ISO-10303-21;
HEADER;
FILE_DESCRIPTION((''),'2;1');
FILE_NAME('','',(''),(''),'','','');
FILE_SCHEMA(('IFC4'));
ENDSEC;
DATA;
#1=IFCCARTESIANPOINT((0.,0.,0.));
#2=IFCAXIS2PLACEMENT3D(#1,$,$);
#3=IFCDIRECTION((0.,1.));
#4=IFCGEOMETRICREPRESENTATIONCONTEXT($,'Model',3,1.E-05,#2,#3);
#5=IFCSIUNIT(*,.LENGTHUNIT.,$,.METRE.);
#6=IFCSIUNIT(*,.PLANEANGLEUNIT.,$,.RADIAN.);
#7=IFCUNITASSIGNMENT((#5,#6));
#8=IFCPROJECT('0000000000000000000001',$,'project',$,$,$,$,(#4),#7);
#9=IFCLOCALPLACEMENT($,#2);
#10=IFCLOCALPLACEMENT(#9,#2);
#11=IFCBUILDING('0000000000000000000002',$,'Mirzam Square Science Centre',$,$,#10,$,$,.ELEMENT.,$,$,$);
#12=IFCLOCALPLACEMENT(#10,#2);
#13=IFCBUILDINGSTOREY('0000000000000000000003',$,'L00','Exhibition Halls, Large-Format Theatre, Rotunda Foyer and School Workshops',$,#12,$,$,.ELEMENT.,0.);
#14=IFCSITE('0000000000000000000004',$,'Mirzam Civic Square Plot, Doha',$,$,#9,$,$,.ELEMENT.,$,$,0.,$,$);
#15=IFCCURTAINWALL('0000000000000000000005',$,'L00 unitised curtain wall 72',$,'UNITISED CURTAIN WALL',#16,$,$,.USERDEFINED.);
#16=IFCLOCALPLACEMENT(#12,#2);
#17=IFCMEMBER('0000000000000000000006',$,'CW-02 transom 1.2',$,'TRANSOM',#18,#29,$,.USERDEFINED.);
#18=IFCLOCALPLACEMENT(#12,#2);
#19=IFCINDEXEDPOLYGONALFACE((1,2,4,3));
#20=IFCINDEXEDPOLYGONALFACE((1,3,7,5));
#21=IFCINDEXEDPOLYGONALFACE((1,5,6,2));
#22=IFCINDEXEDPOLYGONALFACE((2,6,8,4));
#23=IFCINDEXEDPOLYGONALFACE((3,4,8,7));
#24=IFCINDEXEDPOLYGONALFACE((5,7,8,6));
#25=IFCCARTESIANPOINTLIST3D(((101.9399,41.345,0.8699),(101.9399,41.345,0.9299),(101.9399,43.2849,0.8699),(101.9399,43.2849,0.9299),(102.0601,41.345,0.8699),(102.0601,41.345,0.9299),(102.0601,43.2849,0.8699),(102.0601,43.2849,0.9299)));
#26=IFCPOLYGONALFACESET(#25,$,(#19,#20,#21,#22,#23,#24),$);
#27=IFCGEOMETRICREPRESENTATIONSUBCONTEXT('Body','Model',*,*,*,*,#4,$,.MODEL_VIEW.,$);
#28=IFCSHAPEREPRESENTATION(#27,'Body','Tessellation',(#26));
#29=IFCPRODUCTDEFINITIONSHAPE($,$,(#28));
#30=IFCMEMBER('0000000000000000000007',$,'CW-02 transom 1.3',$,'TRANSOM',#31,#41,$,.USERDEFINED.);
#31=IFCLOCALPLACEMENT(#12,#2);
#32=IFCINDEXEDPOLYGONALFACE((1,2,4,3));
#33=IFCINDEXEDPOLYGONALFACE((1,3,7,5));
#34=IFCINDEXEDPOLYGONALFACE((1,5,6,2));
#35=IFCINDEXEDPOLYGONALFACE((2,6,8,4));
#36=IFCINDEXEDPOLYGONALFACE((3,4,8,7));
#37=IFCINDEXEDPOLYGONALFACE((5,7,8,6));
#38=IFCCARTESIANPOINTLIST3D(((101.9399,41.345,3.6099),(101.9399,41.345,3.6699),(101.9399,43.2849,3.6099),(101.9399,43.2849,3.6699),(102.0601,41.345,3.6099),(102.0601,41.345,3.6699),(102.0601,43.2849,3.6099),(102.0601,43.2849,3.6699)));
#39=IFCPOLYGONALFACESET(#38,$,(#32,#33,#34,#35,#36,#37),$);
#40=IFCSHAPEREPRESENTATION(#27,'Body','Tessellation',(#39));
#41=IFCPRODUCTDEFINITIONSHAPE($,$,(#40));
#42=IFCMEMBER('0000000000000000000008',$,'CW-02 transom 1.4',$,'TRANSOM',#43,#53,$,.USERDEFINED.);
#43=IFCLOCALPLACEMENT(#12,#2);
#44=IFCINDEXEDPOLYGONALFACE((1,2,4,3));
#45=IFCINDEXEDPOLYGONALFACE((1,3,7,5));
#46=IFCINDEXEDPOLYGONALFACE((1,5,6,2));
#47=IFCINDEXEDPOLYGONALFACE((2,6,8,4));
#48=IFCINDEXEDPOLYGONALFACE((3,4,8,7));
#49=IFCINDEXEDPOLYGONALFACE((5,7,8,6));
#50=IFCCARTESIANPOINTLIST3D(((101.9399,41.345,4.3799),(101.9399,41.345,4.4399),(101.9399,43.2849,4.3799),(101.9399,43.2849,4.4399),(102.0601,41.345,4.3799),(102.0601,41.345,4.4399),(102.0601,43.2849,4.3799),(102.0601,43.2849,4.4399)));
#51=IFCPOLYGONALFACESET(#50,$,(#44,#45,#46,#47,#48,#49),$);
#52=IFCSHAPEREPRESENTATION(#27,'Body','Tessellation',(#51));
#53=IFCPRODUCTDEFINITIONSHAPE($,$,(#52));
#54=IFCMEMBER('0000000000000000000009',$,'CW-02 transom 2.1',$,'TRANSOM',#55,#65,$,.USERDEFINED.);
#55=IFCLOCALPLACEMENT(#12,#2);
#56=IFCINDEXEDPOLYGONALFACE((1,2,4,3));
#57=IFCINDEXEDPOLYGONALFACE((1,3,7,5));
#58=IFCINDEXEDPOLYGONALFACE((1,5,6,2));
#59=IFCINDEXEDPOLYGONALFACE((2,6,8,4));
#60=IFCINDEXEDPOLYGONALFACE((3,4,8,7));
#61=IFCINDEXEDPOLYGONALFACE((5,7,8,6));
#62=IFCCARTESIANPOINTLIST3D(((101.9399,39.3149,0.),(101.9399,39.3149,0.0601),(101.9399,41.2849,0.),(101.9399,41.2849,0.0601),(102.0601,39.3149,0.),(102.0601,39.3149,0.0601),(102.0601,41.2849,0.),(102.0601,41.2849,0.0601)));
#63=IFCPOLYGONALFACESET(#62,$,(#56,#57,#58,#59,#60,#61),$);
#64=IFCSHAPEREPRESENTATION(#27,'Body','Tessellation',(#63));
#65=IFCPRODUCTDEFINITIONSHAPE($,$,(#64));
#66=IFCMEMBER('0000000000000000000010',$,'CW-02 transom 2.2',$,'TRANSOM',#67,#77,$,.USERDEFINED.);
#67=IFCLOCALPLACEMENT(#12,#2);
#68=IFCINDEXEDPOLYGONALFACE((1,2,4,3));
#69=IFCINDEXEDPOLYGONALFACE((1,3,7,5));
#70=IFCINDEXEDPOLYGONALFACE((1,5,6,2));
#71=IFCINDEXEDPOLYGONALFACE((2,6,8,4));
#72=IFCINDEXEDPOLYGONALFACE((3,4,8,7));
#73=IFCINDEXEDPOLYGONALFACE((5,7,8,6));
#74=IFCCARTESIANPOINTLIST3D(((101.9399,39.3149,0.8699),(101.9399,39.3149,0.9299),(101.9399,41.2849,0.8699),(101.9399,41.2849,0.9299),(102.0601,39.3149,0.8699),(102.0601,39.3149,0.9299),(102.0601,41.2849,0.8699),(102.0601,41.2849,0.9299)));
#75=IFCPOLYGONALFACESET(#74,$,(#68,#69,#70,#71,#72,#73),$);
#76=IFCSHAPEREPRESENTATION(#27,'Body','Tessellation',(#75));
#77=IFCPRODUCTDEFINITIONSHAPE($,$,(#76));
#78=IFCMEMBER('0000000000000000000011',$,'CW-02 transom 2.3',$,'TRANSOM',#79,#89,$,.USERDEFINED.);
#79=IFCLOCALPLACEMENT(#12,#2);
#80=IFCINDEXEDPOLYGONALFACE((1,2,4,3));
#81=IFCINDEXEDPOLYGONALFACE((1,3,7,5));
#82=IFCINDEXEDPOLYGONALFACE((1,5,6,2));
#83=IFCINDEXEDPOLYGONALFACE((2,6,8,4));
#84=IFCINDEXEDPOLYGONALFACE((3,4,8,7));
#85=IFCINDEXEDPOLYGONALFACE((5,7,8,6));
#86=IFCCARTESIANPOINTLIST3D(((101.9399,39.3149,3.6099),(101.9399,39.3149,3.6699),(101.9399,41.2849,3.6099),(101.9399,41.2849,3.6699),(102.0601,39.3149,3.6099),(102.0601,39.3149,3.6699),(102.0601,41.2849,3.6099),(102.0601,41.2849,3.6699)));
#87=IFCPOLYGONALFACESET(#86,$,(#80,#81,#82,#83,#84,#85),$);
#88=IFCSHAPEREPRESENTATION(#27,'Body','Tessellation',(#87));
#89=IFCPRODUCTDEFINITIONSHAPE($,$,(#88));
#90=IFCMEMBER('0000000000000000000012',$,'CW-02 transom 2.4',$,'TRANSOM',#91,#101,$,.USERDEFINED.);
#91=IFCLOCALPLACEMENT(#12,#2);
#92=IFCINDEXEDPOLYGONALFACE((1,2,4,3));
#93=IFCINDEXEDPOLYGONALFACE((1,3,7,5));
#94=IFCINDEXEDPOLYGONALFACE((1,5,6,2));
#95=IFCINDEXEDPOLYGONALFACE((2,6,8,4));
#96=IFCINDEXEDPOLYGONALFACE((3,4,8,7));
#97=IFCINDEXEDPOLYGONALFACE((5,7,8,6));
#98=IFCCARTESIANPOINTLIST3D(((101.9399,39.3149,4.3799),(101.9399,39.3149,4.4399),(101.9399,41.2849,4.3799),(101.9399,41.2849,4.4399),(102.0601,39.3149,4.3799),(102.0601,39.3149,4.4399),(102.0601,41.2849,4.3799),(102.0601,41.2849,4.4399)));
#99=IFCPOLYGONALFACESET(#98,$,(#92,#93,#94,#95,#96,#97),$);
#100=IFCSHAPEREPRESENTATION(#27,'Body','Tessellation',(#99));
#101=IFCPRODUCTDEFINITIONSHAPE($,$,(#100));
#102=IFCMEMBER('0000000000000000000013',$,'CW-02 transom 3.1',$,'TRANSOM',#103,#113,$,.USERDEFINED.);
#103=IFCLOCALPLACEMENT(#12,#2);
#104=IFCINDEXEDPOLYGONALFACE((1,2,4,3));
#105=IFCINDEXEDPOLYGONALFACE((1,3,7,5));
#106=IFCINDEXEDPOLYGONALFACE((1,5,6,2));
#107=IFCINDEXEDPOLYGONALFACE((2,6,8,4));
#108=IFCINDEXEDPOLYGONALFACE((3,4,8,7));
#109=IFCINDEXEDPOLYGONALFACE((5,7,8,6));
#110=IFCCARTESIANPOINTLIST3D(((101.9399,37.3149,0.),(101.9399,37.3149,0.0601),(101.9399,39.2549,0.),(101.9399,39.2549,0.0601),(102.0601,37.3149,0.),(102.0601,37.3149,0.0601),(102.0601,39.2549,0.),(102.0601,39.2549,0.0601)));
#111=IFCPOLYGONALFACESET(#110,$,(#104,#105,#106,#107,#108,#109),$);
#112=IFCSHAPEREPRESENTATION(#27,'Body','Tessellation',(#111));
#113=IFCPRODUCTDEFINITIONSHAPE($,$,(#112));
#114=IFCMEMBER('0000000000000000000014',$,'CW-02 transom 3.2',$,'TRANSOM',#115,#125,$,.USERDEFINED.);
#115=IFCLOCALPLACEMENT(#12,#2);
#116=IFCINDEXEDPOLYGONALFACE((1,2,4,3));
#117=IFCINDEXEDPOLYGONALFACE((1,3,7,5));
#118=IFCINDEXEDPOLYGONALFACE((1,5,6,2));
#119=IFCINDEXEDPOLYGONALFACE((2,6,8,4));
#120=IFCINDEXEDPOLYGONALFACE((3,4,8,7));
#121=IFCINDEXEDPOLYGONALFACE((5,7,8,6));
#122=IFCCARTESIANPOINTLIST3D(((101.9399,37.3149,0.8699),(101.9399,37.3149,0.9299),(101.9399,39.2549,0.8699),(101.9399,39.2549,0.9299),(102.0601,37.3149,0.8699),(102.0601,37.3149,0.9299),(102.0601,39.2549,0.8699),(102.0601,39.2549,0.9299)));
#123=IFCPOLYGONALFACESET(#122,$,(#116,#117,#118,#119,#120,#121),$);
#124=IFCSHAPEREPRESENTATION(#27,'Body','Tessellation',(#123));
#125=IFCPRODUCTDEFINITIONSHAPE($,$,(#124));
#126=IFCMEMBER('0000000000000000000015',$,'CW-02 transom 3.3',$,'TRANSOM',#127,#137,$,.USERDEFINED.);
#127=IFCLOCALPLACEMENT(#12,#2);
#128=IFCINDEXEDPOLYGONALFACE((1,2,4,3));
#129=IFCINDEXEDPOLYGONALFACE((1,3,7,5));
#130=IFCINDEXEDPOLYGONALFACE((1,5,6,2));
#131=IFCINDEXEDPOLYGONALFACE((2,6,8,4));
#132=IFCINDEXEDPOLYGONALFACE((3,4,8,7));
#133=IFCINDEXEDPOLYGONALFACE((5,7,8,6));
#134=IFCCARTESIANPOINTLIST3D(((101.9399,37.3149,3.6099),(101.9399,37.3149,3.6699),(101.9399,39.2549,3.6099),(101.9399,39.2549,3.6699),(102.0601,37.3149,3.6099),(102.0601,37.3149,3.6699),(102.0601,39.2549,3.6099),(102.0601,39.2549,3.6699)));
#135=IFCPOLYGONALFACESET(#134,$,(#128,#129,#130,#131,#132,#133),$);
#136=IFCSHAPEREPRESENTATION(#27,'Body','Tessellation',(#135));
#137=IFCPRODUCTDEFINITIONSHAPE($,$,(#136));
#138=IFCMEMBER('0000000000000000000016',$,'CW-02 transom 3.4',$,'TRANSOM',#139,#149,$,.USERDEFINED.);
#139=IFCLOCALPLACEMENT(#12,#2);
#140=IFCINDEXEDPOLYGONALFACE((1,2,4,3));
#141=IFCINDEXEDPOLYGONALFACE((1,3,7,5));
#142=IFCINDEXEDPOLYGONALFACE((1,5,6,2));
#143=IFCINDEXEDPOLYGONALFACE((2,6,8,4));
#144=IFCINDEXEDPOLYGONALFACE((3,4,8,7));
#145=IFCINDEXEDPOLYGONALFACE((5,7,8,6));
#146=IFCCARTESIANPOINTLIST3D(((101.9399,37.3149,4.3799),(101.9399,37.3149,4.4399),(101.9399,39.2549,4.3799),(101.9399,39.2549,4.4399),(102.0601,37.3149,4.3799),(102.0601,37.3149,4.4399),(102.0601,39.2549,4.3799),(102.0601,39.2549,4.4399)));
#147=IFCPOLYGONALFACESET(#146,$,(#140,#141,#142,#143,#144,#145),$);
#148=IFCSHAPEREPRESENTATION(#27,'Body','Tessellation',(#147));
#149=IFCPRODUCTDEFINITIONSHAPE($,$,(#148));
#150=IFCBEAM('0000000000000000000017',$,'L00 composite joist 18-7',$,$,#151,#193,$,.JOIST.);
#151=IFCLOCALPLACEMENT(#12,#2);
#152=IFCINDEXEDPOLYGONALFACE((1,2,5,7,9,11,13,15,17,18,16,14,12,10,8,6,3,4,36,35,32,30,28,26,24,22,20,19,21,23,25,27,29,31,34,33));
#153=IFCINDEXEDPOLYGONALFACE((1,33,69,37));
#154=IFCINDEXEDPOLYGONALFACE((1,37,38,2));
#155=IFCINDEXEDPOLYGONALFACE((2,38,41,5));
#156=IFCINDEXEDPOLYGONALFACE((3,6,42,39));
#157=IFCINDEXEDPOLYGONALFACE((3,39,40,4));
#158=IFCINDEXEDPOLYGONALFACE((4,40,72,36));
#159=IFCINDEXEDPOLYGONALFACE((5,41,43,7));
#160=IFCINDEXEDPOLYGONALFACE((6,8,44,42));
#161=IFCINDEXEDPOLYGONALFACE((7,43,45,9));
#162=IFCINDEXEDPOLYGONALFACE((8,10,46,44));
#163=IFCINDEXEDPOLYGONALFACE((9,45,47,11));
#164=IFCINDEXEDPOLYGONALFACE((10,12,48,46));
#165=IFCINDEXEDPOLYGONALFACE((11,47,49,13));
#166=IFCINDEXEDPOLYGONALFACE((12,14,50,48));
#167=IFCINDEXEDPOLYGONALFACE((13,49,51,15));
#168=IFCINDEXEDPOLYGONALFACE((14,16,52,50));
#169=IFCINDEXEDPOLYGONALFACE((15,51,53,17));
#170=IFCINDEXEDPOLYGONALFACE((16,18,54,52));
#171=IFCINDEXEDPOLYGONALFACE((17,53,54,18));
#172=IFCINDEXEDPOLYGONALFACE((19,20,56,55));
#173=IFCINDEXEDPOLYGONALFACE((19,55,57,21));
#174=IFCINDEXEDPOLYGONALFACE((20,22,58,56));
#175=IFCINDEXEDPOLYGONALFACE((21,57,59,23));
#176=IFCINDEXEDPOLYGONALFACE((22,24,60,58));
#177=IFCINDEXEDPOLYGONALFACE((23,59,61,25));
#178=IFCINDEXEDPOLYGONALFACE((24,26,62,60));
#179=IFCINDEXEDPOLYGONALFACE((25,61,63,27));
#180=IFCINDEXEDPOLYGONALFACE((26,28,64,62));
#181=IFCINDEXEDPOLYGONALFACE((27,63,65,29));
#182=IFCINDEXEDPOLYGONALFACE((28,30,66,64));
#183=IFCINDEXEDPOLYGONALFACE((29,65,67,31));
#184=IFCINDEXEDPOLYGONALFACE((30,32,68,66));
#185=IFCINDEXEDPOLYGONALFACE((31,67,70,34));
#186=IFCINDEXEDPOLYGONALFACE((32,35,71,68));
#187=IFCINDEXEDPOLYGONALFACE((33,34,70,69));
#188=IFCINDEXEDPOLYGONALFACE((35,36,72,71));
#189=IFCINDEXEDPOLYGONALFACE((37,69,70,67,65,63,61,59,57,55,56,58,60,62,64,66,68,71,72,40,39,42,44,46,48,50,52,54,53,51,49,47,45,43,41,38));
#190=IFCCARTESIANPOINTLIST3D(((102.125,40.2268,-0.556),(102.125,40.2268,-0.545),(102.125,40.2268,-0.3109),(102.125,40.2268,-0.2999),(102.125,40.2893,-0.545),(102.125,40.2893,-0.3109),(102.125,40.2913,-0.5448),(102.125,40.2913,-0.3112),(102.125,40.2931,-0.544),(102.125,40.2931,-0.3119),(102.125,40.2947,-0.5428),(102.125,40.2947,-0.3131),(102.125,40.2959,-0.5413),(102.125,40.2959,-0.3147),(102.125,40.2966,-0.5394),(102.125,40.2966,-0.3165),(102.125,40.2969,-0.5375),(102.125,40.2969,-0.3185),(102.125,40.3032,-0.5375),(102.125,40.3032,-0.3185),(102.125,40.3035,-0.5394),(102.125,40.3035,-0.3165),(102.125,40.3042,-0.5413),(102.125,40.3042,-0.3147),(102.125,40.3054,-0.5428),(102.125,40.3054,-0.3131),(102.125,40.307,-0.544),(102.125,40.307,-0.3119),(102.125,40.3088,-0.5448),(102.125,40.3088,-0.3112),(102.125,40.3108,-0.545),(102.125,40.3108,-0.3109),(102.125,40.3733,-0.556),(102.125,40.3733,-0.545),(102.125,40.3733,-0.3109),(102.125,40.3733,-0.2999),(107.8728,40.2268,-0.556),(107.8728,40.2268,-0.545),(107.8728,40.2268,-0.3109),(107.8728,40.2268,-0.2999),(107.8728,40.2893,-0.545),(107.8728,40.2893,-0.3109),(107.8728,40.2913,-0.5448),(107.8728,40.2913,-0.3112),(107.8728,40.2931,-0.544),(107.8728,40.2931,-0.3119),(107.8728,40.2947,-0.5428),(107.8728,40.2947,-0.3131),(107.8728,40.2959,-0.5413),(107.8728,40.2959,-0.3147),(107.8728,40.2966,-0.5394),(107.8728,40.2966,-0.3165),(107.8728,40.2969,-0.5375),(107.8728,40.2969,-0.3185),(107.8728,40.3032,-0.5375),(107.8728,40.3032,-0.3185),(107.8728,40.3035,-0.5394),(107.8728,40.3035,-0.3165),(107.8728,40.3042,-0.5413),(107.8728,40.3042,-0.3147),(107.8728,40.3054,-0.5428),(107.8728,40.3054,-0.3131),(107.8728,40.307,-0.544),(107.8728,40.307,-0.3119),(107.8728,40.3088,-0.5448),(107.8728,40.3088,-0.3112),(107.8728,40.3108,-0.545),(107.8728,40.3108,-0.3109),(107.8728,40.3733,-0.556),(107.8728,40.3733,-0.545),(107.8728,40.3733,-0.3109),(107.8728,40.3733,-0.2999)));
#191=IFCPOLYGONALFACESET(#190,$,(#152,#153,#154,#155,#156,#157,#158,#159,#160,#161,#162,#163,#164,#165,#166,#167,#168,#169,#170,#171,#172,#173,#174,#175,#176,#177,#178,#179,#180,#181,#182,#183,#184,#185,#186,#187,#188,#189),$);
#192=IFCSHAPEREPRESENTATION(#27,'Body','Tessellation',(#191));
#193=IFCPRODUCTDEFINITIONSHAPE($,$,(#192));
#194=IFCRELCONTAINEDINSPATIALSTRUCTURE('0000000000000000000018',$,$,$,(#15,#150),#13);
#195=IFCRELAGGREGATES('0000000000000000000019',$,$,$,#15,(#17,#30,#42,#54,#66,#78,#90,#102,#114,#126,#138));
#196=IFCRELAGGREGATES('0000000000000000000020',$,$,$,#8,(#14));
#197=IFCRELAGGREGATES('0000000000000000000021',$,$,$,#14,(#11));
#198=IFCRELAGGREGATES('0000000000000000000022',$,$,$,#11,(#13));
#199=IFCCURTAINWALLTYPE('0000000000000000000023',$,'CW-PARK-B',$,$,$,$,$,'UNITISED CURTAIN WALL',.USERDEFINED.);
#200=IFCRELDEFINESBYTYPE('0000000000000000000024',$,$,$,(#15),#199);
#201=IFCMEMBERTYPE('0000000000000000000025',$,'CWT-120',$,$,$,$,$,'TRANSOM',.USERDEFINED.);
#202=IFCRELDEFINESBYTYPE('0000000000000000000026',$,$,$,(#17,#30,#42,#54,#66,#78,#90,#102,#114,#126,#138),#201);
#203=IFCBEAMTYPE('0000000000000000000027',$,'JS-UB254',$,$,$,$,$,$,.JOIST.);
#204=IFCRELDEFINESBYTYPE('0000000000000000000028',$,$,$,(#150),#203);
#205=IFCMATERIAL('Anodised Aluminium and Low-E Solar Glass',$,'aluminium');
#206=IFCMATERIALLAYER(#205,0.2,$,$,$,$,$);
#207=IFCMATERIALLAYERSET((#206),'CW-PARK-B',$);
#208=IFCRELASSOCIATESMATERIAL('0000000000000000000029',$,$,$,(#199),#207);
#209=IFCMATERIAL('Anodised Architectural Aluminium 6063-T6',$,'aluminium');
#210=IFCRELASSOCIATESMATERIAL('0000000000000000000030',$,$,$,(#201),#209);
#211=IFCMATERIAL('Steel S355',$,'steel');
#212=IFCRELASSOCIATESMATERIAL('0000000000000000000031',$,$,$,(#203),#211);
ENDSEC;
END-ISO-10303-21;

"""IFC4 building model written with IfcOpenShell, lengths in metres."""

from ifc_helpers import new_model, si_unit, direction, frame, origin, origin_2d, place, context, subcontext, project, spatial, rectangle, i_section, extrude, material, layer, layer_set, material_profile, profile_set, type_object, element, aggregate, save


model = new_model("IFC4")

# Units and contexts
model_context = context("Model", 3, precision=1e-05, world=origin(), true_north=direction((0.0, 1.0)))
body_context = subcontext(model_context, "Body", "Model", "MODEL_VIEW")
ifc_project = project(units=[si_unit("LENGTHUNIT", "METRE"), si_unit("PLANEANGLEUNIT", "RADIAN")], contexts=[model_context])

# Site, building, storey
site_placement = place(None, origin())
site = spatial("IfcSite", under=ifc_project, at=site_placement, Name="Mirzam Civic Square Plot, Doha", CompositionType="ELEMENT", RefElevation=0.0)
building_placement = place(site_placement, origin())
building = spatial("IfcBuilding", under=site, at=building_placement, Name="Mirzam Square Science Centre", CompositionType="ELEMENT")
storey_placement = place(building_placement, origin())
storey = spatial("IfcBuildingStorey", under=building, at=storey_placement, Name="L00", Description="Exhibition Halls, Large-Format Theatre, Rotunda Foyer and School Workshops", CompositionType="ELEMENT", Elevation=0.0)

# Curtain wall, members
ifc_material_1 = material(Name="Anodised Aluminium and Low-E Solar Glass", Category="aluminium")
ifc_layer_1 = layer(ifc_material_1, 0.2)
ifc_layer_set_1 = layer_set([ifc_layer_1], Name="CW-PARK-B")
curtain_wall_type = type_object("IfcCurtainWallType", Name="CW-PARK-B", ElementType="UNITISED CURTAIN WALL", PredefinedType="USERDEFINED", material=ifc_layer_set_1)
curtain_wall_placement = place(storey_placement, origin())
curtain_wall = element("IfcCurtainWall", 1, at=curtain_wall_placement, inside=storey, type_object=curtain_wall_type, Name="L00 unitised curtain wall 72", ObjectType="UNITISED CURTAIN WALL", PredefinedType="USERDEFINED")
ifc_material_2 = material(Name="Anodised Architectural Aluminium 6063-T6", Category="aluminium")
ifc_material_profile_1 = material_profile(ifc_material_2, rectangle(XDim=0.1201, YDim=0.0601, at=origin_2d()), Name="ALU-TRAN-120x60x4")
ifc_profile_set_1 = profile_set([ifc_material_profile_1], Name="Anodised Architectural Aluminium 6063-T6")
member_type = type_object("IfcMemberType", Name="CWT-120", ElementType="TRANSOM", PredefinedType="USERDEFINED", material=ifc_profile_set_1)
member_1_placement = place(storey_placement, frame((102.0, 43.2849, 0.8999), z_axis=(0.0, -1.0, 0.0), x_axis=(1.0, 0.0, 0.0)))
member_1 = element("IfcMember", 2, at=member_1_placement, type_object=member_type, Name="CW-02 transom 1.2", ObjectType="TRANSOM", PredefinedType="USERDEFINED", context=body_context, shape_type="SweptSolid", body=[
    extrude(rectangle(XDim=0.1201, YDim=0.0601, at=origin_2d()), origin(), (0.0, 0.0, 1.0), 1.9399),
])
member_2_placement = place(storey_placement, frame((102.0, 43.2849, 3.6399), z_axis=(0.0, -1.0, 0.0), x_axis=(1.0, 0.0, 0.0)))
member_2 = element("IfcMember", 3, at=member_2_placement, type_object=member_type, Name="CW-02 transom 1.3", ObjectType="TRANSOM", PredefinedType="USERDEFINED", context=body_context, shape_type="SweptSolid", body=[
    extrude(rectangle(XDim=0.1201, YDim=0.0601, at=origin_2d()), origin(), (0.0, 0.0, 1.0), 1.9399),
])
member_3_placement = place(storey_placement, frame((102.0, 43.2849, 4.4099), z_axis=(0.0, -1.0, 0.0), x_axis=(1.0, 0.0, 0.0)))
member_3 = element("IfcMember", 4, at=member_3_placement, type_object=member_type, Name="CW-02 transom 1.4", ObjectType="TRANSOM", PredefinedType="USERDEFINED", context=body_context, shape_type="SweptSolid", body=[
    extrude(rectangle(XDim=0.1201, YDim=0.0601, at=origin_2d()), origin(), (0.0, 0.0, 1.0), 1.9399),
])
member_4_placement = place(storey_placement, frame((102.0, 41.2849, 0.03), z_axis=(0.0, -1.0, 0.0), x_axis=(1.0, 0.0, 0.0)))
member_4 = element("IfcMember", 5, at=member_4_placement, type_object=member_type, Name="CW-02 transom 2.1", ObjectType="TRANSOM", PredefinedType="USERDEFINED", context=body_context, shape_type="SweptSolid", body=[
    extrude(rectangle(XDim=0.1201, YDim=0.0601, at=origin_2d()), origin(), (0.0, 0.0, 1.0), 1.97),
])
member_5_placement = place(storey_placement, frame((102.0, 41.2849, 0.8999), z_axis=(0.0, -1.0, 0.0), x_axis=(1.0, 0.0, 0.0)))
member_5 = element("IfcMember", 6, at=member_5_placement, type_object=member_type, Name="CW-02 transom 2.2", ObjectType="TRANSOM", PredefinedType="USERDEFINED", context=body_context, shape_type="SweptSolid", body=[
    extrude(rectangle(XDim=0.1201, YDim=0.0601, at=origin_2d()), origin(), (0.0, 0.0, 1.0), 1.97),
])
member_6_placement = place(storey_placement, frame((102.0, 41.2849, 3.6399), z_axis=(0.0, -1.0, 0.0), x_axis=(1.0, 0.0, 0.0)))
member_6 = element("IfcMember", 7, at=member_6_placement, type_object=member_type, Name="CW-02 transom 2.3", ObjectType="TRANSOM", PredefinedType="USERDEFINED", context=body_context, shape_type="SweptSolid", body=[
    extrude(rectangle(XDim=0.1201, YDim=0.0601, at=origin_2d()), origin(), (0.0, 0.0, 1.0), 1.97),
])
member_7_placement = place(storey_placement, frame((102.0, 41.2849, 4.4099), z_axis=(0.0, -1.0, 0.0), x_axis=(1.0, 0.0, 0.0)))
member_7 = element("IfcMember", 8, at=member_7_placement, type_object=member_type, Name="CW-02 transom 2.4", ObjectType="TRANSOM", PredefinedType="USERDEFINED", context=body_context, shape_type="SweptSolid", body=[
    extrude(rectangle(XDim=0.1201, YDim=0.0601, at=origin_2d()), origin(), (0.0, 0.0, 1.0), 1.97),
])
member_8_placement = place(storey_placement, frame((102.0, 39.2549, 0.03), z_axis=(0.0, -1.0, 0.0), x_axis=(1.0, 0.0, 0.0)))
member_8 = element("IfcMember", 9, at=member_8_placement, type_object=member_type, Name="CW-02 transom 3.1", ObjectType="TRANSOM", PredefinedType="USERDEFINED", context=body_context, shape_type="SweptSolid", body=[
    extrude(rectangle(XDim=0.1201, YDim=0.0601, at=origin_2d()), origin(), (0.0, 0.0, 1.0), 1.9399),
])
member_9_placement = place(storey_placement, frame((102.0, 39.2549, 0.8999), z_axis=(0.0, -1.0, 0.0), x_axis=(1.0, 0.0, 0.0)))
member_9 = element("IfcMember", 10, at=member_9_placement, type_object=member_type, Name="CW-02 transom 3.2", ObjectType="TRANSOM", PredefinedType="USERDEFINED", context=body_context, shape_type="SweptSolid", body=[
    extrude(rectangle(XDim=0.1201, YDim=0.0601, at=origin_2d()), origin(), (0.0, 0.0, 1.0), 1.9399),
])
member_10_placement = place(storey_placement, frame((102.0, 39.2549, 3.6399), z_axis=(0.0, -1.0, 0.0), x_axis=(1.0, 0.0, 0.0)))
member_10 = element("IfcMember", 11, at=member_10_placement, type_object=member_type, Name="CW-02 transom 3.3", ObjectType="TRANSOM", PredefinedType="USERDEFINED", context=body_context, shape_type="SweptSolid", body=[
    extrude(rectangle(XDim=0.1201, YDim=0.0601, at=origin_2d()), origin(), (0.0, 0.0, 1.0), 1.9399),
])
member_11_placement = place(storey_placement, frame((102.0, 39.2549, 4.4099), z_axis=(0.0, -1.0, 0.0), x_axis=(1.0, 0.0, 0.0)))
member_11 = element("IfcMember", 12, at=member_11_placement, type_object=member_type, Name="CW-02 transom 3.4", ObjectType="TRANSOM", PredefinedType="USERDEFINED", context=body_context, shape_type="SweptSolid", body=[
    extrude(rectangle(XDim=0.1201, YDim=0.0601, at=origin_2d()), origin(), (0.0, 0.0, 1.0), 1.9399),
])

# Beam
ifc_material_3 = material(Name="Steel S355", Category="steel")
ifc_material_profile_2 = material_profile(ifc_material_3, i_section(OverallWidth=0.1465, OverallDepth=0.2561, WebThickness=0.0063, FlangeThickness=0.011, FilletRadius=0.0076, at=origin_2d()), Name="254x146x37UB")
ifc_profile_set_2 = profile_set([ifc_material_profile_2], Name="Steel S355")
beam_type = type_object("IfcBeamType", Name="JS-UB254", PredefinedType="JOIST", material=ifc_profile_set_2)
beam_placement = place(storey_placement, frame((102.125, 40.3, -0.428), z_axis=(1.0, 0.0, 0.0), x_axis=(0.0, 1.0, 0.0)))
element("IfcBeam", 13, at=beam_placement, inside=storey, type_object=beam_type, Name="L00 composite joist 18-7", PredefinedType="JOIST", context=body_context, shape_type="SweptSolid", body=[
    extrude(i_section(OverallWidth=0.1465, OverallDepth=0.2561, WebThickness=0.0063, FlangeThickness=0.011, FilletRadius=0.0076, at=origin_2d()), origin(), (0.0, 0.0, 1.0), 5.7478),
])

aggregate(curtain_wall, [member_1, member_2, member_3, member_4, member_5, member_6, member_7, member_8, member_9, member_10, member_11])

save(model, "model.ifc")
